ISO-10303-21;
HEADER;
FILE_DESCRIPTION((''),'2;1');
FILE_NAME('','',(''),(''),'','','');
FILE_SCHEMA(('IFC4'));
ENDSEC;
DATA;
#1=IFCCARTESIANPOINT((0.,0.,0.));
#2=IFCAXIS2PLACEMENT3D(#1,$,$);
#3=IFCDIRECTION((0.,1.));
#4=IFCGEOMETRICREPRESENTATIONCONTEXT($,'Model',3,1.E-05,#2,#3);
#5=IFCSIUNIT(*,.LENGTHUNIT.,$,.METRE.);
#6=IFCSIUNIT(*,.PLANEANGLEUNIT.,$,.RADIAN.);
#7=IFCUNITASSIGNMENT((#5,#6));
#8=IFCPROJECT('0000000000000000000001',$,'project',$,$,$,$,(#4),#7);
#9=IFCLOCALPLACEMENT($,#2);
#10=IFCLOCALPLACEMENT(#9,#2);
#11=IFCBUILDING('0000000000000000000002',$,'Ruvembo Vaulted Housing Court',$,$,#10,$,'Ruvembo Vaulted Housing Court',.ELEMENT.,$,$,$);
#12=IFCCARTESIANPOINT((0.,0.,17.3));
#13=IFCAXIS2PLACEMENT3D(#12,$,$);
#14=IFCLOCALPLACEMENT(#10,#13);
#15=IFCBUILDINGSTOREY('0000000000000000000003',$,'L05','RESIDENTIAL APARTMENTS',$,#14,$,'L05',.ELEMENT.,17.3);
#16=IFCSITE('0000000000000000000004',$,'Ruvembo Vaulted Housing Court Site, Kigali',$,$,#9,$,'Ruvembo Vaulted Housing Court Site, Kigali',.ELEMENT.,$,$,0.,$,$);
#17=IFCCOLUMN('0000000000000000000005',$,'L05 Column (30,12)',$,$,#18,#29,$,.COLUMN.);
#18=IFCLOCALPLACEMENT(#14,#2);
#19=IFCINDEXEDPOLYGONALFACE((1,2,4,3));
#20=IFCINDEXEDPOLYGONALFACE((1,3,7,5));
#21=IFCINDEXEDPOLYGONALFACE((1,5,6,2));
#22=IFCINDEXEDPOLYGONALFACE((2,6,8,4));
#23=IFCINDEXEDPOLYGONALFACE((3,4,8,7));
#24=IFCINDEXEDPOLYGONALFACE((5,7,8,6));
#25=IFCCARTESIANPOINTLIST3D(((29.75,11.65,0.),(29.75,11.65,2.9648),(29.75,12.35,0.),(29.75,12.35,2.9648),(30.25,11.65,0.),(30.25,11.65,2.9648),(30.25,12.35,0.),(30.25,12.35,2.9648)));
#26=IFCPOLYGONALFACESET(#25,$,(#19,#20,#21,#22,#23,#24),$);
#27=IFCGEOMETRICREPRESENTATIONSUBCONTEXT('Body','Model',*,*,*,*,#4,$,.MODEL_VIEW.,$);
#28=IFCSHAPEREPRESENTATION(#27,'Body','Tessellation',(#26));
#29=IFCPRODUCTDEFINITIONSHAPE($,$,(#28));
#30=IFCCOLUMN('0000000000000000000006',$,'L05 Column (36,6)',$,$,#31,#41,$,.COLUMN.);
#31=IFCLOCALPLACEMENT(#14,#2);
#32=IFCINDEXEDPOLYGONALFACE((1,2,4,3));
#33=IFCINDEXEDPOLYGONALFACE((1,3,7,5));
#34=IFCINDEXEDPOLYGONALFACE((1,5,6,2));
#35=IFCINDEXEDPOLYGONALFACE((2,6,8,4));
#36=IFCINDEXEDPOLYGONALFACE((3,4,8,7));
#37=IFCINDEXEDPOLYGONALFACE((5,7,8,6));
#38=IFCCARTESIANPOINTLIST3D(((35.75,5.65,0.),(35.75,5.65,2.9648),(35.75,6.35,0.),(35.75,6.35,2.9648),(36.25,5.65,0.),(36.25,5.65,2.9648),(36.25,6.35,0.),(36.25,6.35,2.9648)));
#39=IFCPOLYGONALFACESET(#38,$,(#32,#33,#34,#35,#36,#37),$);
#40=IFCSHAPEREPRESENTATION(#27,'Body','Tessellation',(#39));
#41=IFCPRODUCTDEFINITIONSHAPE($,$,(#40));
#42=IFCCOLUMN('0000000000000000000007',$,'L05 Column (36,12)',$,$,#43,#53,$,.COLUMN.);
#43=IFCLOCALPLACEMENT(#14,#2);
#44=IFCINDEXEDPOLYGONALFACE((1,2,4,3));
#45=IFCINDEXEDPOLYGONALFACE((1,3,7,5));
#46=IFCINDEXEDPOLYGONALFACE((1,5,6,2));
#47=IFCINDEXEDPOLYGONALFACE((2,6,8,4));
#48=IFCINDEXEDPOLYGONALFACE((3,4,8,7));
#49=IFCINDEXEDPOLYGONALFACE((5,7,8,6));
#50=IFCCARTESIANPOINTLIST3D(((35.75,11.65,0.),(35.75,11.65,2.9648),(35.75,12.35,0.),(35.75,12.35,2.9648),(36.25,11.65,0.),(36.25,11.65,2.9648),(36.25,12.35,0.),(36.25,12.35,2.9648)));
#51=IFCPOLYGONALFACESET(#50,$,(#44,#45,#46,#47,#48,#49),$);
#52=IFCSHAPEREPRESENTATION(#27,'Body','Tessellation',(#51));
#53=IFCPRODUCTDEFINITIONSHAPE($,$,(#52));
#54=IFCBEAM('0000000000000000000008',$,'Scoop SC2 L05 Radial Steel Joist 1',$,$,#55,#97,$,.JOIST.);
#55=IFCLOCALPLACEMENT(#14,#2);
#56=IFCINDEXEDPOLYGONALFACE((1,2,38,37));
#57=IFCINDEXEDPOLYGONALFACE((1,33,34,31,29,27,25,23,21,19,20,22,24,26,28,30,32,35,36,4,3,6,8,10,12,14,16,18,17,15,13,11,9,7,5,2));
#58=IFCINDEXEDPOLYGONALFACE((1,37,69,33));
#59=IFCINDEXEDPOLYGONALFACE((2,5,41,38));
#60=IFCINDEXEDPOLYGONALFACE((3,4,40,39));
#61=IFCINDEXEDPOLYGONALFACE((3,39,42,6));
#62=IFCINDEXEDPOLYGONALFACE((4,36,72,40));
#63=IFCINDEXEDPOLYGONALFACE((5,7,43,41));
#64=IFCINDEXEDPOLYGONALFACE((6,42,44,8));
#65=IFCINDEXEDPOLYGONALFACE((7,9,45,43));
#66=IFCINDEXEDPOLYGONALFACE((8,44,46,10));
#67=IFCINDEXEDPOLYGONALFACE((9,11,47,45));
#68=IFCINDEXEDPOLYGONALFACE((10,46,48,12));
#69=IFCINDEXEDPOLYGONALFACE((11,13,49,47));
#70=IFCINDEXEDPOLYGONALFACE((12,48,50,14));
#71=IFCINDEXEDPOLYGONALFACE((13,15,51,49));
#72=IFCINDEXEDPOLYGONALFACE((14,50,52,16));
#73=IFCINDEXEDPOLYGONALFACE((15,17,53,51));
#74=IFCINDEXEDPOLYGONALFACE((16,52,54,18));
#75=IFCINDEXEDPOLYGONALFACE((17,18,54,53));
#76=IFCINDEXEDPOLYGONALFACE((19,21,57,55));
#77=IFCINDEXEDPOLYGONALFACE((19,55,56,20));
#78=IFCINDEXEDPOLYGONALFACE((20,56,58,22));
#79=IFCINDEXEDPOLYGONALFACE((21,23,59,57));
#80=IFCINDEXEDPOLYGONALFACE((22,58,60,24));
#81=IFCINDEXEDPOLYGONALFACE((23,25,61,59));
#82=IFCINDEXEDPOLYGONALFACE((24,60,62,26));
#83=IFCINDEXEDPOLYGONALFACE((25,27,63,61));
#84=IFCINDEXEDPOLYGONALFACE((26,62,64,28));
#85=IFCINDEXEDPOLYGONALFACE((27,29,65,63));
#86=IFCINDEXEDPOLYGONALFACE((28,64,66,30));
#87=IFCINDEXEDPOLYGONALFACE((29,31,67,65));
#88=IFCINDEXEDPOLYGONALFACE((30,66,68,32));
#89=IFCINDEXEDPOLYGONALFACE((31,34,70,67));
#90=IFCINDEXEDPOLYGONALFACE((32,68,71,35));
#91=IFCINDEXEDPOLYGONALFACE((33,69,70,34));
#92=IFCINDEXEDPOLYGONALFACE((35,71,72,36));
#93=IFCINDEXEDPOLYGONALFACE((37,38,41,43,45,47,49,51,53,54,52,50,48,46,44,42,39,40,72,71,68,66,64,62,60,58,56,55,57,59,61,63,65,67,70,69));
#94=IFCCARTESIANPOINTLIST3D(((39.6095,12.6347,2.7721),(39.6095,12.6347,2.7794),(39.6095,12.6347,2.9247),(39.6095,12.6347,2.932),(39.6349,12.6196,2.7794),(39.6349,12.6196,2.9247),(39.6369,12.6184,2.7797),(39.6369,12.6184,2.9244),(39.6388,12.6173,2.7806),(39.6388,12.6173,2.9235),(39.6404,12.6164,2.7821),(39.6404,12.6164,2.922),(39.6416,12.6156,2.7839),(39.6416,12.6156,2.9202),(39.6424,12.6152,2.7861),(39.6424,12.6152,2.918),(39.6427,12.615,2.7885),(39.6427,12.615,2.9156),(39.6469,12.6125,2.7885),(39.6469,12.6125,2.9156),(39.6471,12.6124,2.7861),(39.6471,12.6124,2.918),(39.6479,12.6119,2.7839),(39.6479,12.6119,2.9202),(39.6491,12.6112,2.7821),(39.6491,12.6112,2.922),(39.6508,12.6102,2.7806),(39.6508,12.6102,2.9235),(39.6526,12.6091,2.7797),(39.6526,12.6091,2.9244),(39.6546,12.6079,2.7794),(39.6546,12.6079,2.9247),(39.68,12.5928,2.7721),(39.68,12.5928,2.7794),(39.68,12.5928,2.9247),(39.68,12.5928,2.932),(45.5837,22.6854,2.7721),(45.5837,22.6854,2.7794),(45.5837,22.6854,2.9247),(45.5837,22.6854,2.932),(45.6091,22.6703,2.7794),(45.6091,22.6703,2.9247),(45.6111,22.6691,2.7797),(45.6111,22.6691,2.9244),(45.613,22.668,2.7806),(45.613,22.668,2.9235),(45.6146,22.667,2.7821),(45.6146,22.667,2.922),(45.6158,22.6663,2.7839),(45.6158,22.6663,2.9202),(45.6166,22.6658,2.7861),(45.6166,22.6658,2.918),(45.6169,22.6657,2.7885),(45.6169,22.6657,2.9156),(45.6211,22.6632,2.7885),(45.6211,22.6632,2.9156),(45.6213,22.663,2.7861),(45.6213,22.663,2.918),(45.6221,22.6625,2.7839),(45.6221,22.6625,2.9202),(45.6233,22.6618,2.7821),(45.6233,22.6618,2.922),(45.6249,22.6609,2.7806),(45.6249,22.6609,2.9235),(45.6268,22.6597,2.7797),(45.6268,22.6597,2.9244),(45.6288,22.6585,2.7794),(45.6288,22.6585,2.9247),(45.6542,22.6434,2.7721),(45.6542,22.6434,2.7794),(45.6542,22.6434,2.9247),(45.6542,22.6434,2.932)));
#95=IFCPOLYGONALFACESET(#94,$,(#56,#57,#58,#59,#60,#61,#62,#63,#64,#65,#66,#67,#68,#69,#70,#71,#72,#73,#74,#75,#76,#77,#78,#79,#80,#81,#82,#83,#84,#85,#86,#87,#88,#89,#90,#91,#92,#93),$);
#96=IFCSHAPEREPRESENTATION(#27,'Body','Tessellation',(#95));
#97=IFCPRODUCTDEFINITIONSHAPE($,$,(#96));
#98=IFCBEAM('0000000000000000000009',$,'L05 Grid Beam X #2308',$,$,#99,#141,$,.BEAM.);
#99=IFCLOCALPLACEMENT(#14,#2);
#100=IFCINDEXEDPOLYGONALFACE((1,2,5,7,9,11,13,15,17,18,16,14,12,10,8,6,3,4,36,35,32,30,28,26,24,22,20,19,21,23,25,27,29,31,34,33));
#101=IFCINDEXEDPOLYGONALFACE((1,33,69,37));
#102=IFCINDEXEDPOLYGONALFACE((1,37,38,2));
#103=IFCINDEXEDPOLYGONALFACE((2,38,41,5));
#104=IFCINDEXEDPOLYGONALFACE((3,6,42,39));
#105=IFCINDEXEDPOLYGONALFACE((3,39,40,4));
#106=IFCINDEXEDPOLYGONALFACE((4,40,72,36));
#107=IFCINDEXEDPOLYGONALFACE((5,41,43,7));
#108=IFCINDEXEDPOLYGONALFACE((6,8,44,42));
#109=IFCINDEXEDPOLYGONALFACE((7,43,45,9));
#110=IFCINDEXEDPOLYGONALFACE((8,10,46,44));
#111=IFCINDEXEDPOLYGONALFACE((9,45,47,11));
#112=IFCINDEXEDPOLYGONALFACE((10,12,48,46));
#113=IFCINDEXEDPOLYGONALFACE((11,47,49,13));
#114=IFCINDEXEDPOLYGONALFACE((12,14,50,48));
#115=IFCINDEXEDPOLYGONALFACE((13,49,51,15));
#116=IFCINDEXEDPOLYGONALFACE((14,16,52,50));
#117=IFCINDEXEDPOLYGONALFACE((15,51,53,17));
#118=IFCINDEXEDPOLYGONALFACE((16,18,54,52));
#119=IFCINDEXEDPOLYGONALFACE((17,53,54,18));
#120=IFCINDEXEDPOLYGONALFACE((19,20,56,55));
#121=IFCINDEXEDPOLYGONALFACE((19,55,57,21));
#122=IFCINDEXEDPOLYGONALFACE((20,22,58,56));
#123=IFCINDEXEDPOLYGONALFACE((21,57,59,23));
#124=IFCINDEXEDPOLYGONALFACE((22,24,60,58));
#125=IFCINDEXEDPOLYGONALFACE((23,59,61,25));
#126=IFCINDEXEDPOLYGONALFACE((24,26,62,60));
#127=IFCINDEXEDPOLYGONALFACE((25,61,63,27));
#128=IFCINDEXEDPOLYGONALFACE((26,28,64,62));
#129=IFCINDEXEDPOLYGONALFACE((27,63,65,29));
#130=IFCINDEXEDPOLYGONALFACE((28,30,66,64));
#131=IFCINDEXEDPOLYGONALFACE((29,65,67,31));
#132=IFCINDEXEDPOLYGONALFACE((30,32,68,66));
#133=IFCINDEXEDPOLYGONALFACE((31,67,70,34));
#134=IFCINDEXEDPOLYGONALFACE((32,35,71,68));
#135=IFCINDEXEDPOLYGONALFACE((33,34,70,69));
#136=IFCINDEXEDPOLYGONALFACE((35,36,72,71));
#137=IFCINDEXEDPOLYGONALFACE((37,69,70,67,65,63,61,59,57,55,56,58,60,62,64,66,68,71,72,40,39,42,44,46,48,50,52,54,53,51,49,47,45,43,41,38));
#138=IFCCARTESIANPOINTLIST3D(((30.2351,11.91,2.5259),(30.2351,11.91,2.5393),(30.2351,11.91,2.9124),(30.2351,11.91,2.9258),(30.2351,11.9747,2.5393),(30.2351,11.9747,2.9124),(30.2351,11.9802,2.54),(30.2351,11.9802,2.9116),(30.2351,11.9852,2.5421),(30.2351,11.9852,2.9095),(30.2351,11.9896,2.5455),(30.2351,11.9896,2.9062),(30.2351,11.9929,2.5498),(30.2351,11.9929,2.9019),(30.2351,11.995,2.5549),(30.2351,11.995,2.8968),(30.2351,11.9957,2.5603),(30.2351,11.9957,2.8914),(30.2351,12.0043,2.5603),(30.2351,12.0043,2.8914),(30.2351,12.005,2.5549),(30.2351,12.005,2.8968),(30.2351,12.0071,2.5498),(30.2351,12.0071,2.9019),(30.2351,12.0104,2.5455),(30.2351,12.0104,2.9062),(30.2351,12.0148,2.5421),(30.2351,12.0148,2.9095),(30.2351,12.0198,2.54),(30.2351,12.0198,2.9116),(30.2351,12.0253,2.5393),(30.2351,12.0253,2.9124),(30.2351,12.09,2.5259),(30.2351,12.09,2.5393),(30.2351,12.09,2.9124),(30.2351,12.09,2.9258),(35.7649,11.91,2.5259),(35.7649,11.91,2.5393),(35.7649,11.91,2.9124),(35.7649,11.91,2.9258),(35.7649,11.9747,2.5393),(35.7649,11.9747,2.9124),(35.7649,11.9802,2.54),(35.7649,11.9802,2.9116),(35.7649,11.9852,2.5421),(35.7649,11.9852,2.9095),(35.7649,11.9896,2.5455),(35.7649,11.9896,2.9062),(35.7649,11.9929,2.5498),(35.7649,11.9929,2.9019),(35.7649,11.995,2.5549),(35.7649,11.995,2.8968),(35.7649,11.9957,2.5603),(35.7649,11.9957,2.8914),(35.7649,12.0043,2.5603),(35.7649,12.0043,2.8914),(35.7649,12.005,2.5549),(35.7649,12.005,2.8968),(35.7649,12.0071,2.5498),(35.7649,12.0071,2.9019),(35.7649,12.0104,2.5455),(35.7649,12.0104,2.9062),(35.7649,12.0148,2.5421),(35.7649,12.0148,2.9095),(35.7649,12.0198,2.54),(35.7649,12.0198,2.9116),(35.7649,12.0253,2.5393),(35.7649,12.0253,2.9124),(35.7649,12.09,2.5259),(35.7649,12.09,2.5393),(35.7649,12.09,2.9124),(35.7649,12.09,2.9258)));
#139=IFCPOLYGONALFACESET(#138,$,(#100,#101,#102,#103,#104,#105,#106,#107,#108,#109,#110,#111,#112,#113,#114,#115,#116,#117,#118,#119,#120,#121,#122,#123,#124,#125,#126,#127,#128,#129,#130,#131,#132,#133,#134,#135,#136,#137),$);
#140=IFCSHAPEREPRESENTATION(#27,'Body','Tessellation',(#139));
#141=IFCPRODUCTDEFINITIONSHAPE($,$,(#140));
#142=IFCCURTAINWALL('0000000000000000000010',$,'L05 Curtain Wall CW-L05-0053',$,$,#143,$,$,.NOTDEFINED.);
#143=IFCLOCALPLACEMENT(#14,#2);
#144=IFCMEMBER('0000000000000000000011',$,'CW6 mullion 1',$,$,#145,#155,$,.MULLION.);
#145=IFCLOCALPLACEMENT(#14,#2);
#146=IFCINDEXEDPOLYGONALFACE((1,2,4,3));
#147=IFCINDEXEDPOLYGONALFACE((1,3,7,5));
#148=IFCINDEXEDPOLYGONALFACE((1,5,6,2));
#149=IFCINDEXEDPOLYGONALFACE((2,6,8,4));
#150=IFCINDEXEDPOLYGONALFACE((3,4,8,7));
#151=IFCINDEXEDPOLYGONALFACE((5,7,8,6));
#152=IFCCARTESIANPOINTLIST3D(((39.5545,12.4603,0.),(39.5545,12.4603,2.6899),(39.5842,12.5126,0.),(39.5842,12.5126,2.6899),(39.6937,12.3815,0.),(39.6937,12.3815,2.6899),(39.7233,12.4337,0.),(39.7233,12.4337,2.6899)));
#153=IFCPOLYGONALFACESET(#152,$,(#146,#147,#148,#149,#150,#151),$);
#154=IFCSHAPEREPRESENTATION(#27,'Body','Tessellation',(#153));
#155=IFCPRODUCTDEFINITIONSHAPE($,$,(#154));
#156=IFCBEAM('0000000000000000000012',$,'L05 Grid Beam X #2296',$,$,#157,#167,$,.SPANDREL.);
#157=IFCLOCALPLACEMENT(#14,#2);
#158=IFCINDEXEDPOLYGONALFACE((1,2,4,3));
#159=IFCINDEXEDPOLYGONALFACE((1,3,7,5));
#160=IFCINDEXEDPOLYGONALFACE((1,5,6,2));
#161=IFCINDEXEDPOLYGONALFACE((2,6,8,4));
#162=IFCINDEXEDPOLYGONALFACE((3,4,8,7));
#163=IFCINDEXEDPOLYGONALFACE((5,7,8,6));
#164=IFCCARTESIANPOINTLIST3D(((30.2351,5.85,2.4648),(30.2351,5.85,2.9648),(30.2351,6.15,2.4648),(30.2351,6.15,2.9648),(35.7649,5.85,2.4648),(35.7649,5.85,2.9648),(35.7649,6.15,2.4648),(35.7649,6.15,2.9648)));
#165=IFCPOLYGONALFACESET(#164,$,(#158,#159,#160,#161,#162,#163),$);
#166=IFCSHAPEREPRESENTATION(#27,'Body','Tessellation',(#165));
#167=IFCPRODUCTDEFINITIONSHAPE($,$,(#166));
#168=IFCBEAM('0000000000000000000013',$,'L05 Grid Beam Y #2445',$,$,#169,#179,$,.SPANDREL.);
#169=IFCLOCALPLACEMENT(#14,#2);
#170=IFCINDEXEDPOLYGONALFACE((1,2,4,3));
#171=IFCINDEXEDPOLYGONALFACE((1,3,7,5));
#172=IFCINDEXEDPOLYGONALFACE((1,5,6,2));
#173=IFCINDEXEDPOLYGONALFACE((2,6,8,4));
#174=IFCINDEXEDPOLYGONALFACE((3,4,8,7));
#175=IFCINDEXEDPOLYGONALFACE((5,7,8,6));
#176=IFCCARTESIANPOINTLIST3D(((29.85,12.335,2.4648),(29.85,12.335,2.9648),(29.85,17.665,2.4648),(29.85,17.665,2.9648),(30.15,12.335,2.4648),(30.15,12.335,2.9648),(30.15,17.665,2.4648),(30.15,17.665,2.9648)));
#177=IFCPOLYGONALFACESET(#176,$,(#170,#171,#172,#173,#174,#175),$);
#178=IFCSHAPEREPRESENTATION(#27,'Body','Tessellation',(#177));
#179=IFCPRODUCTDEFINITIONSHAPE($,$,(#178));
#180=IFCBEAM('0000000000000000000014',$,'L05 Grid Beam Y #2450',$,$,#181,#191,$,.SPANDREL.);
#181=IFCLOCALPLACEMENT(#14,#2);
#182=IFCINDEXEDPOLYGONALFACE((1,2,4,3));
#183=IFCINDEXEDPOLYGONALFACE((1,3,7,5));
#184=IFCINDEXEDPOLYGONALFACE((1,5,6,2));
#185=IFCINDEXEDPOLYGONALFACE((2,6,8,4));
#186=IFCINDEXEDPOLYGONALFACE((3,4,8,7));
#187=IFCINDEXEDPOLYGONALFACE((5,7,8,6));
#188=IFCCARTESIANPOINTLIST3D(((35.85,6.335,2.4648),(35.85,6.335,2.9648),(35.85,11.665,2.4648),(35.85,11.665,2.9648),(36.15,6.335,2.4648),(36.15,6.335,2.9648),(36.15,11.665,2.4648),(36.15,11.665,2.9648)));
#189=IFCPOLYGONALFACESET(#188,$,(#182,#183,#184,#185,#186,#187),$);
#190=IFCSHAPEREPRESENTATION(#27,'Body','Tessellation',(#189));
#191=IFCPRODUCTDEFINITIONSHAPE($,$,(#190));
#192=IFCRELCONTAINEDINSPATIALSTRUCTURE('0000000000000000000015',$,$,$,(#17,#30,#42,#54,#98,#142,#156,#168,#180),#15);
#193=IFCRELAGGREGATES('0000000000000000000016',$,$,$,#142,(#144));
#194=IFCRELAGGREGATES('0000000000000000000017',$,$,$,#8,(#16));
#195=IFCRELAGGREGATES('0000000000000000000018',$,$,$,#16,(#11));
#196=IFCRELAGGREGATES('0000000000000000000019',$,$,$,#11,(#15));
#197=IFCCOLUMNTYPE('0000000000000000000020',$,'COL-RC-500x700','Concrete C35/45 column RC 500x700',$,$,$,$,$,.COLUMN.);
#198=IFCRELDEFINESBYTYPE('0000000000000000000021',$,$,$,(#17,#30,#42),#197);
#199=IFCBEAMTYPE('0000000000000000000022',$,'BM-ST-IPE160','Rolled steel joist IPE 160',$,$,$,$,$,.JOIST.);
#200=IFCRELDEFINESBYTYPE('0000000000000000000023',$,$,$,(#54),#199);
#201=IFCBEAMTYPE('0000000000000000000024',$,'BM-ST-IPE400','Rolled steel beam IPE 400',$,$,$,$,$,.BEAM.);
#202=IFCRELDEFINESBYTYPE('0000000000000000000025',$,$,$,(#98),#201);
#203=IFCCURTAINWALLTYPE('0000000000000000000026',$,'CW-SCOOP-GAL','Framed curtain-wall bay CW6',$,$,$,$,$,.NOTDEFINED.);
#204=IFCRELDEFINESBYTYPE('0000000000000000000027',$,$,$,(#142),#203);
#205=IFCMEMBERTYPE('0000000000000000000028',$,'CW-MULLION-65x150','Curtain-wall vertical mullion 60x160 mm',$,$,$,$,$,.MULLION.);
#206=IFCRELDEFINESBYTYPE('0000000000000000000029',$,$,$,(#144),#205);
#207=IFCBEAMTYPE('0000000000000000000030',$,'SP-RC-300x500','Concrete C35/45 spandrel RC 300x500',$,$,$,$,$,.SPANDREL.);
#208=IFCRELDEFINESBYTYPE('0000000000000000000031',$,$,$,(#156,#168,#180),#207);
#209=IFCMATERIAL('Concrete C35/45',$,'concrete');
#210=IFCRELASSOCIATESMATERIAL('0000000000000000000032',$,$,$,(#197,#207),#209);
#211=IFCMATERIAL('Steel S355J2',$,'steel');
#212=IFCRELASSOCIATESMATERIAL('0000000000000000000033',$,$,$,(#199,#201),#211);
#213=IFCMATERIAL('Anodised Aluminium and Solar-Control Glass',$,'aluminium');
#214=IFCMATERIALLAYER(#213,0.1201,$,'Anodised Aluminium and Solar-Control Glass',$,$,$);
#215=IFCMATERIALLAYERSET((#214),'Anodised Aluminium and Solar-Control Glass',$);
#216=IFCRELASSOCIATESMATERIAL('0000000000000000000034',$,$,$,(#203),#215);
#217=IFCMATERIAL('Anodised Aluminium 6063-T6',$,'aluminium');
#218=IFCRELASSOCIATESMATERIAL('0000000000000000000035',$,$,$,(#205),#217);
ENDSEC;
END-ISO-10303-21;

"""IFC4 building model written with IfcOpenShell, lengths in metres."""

from ifc_helpers import new_model, si_unit, direction, frame, origin, origin_2d, place, context, subcontext, project, spatial, rectangle, i_section, extrude, material, layer, layer_set, material_profile, profile_set, type_object, element, aggregate, save


model = new_model("IFC4")

# Units and contexts
model_context = context("Model", 3, precision=1e-05, world=origin(), true_north=direction((0.0, 1.0)))
body_context = subcontext(model_context, "Body", "Model", "MODEL_VIEW")
ifc_project = project(units=[si_unit("LENGTHUNIT", "METRE"), si_unit("PLANEANGLEUNIT", "RADIAN")], contexts=[model_context])

# Site, building, storey
site_placement = place(None, origin())
site = spatial("IfcSite", under=ifc_project, at=site_placement, Name="Ruvembo Vaulted Housing Court Site, Kigali", LongName="Ruvembo Vaulted Housing Court Site, Kigali", CompositionType="ELEMENT", RefElevation=0.0)
building_placement = place(site_placement, origin())
building = spatial("IfcBuilding", under=site, at=building_placement, Name="Ruvembo Vaulted Housing Court", LongName="Ruvembo Vaulted Housing Court", CompositionType="ELEMENT")
storey_placement = place(building_placement, frame((0.0, 0.0, 17.3)))
storey = spatial("IfcBuildingStorey", under=building, at=storey_placement, Name="L05", Description="RESIDENTIAL APARTMENTS", LongName="L05", CompositionType="ELEMENT", Elevation=17.3)

# Columns
ifc_material_1 = material(Name="Concrete C35/45", Category="concrete")
ifc_material_profile_1 = material_profile(ifc_material_1, rectangle(XDim=0.5, YDim=0.7, at=origin_2d()), Name="RC 500x700")
ifc_profile_set_1 = profile_set([ifc_material_profile_1], Name="Concrete C35/45")
column_type = type_object("IfcColumnType", Name="COL-RC-500x700", Description="Concrete C35/45 column RC 500x700", PredefinedType="COLUMN", material=ifc_profile_set_1)
for number, where, z_axis, x_axis, name in (
    (1, (30.0, 12.0, 0.0), (0.0, 0.0, 1.0), (1.0, 0.0, 0.0), "L05 Column (30,12)"),
    (2, (36.0, 6.0, 0.0), (0.0, 0.0, 1.0), (1.0, 0.0, 0.0), "L05 Column (36,6)"),
    (3, (36.0, 12.0, 0.0), (0.0, 0.0, 1.0), (1.0, 0.0, 0.0), "L05 Column (36,12)"),
):
    element("IfcColumn", number, at=place(storey_placement, frame(where, z_axis=z_axis, x_axis=x_axis)), inside=storey, type_object=column_type, Name=name, PredefinedType="COLUMN", context=body_context, shape_type="SweptSolid", body=[
        extrude(rectangle(XDim=0.5, YDim=0.7, at=origin_2d()), origin(), (0.0, 0.0, 1.0), 2.9648),
    ])

# Beams
ifc_material_2 = material(Name="Steel S355J2", Category="steel")
ifc_material_profile_2 = material_profile(ifc_material_2, i_section(OverallWidth=0.082, OverallDepth=0.1599, WebThickness=0.0049, FlangeThickness=0.0073, FilletRadius=0.009, at=origin_2d()), Name="IPE 160")
ifc_profile_set_2 = profile_set([ifc_material_profile_2], Name="Steel S355J2")
beam_type_1 = type_object("IfcBeamType", Name="BM-ST-IPE160", Description="Rolled steel joist IPE 160", PredefinedType="JOIST", material=ifc_profile_set_2)
beam_1_placement = place(storey_placement, frame((39.6448, 12.6138, 2.8521), z_axis=(0.510957, 0.859606, 0.0), x_axis=(-0.859606, 0.510957, 0.0)))
element("IfcBeam", 4, at=beam_1_placement, inside=storey, type_object=beam_type_1, Name="Scoop SC2 L05 Radial Steel Joist 1", PredefinedType="JOIST", context=body_context, shape_type="SweptSolid", body=[
    extrude(i_section(OverallWidth=0.082, OverallDepth=0.1599, WebThickness=0.0049, FlangeThickness=0.0073, FilletRadius=0.009, at=origin_2d()), origin(), (0.0, 0.0, 1.0), 11.6921),
])
ifc_material_profile_3 = material_profile(ifc_material_2, i_section(OverallWidth=0.1799, OverallDepth=0.3999, WebThickness=0.0085, FlangeThickness=0.0134, FilletRadius=0.021, at=origin_2d()), Name="IPE 400")
ifc_profile_set_3 = profile_set([ifc_material_profile_3], Name="Steel S355J2")
beam_type_2 = type_object("IfcBeamType", Name="BM-ST-IPE400", Description="Rolled steel beam IPE 400", PredefinedType="BEAM", material=ifc_profile_set_3)
beam_2_placement = place(storey_placement, frame((30.2351, 12.0, 2.7258), z_axis=(1.0, 0.0, 0.0), x_axis=(0.0, 1.0, 0.0)))
element("IfcBeam", 5, at=beam_2_placement, inside=storey, type_object=beam_type_2, Name="L05 Grid Beam X #2308", PredefinedType="BEAM", context=body_context, shape_type="SweptSolid", body=[
    extrude(i_section(OverallWidth=0.1799, OverallDepth=0.3999, WebThickness=0.0085, FlangeThickness=0.0134, FilletRadius=0.021, at=origin_2d()), origin(), (0.0, 0.0, 1.0), 5.5298),
])

# Curtain wall, member
ifc_material_3 = material(Name="Anodised Aluminium and Solar-Control Glass", Category="aluminium")
ifc_layer_1 = layer(ifc_material_3, 0.1201, Name="Anodised Aluminium and Solar-Control Glass")
ifc_layer_set_1 = layer_set([ifc_layer_1], Name="Anodised Aluminium and Solar-Control Glass")
curtain_wall_type = type_object("IfcCurtainWallType", Name="CW-SCOOP-GAL", Description="Framed curtain-wall bay CW6", PredefinedType="NOTDEFINED", material=ifc_layer_set_1)
curtain_wall_placement = place(storey_placement, origin())
curtain_wall = element("IfcCurtainWall", 6, at=curtain_wall_placement, inside=storey, type_object=curtain_wall_type, Name="L05 Curtain Wall CW-L05-0053", PredefinedType="NOTDEFINED")
ifc_material_4 = material(Name="Anodised Aluminium 6063-T6", Category="aluminium")
ifc_material_profile_4 = material_profile(ifc_material_4, rectangle(XDim=0.0601, YDim=0.1599, at=origin_2d()), Name="ALU 60x160")
ifc_profile_set_4 = profile_set([ifc_material_profile_4], Name="Anodised Aluminium 6063-T6")
member_type = type_object("IfcMemberType", Name="CW-MULLION-65x150", Description="Curtain-wall vertical mullion 60x160 mm", PredefinedType="MULLION", material=ifc_profile_set_4)
member_placement = place(storey_placement, frame((39.6389, 12.447, 0.0), z_axis=(0.0, 0.0, 1.0), x_axis=(0.493079, 0.869984, 0.0)))
member = element("IfcMember", 7, at=member_placement, type_object=member_type, Name="CW6 mullion 1", PredefinedType="MULLION", context=body_context, shape_type="SweptSolid", body=[
    extrude(rectangle(XDim=0.0601, YDim=0.1599, at=origin_2d()), origin(), (0.0, 0.0, 1.0), 2.6899),
])
aggregate(curtain_wall, [member])

# Beams
ifc_material_profile_5 = material_profile(ifc_material_1, rectangle(XDim=0.3, YDim=0.5, at=origin_2d()), Name="RC 300x500")
ifc_profile_set_5 = profile_set([ifc_material_profile_5], Name="Concrete C35/45")
beam_type_3 = type_object("IfcBeamType", Name="SP-RC-300x500", Description="Concrete C35/45 spandrel RC 300x500", PredefinedType="SPANDREL", material=ifc_profile_set_5)
beam_3_placement = place(storey_placement, frame((30.2351, 6.0, 2.7148), z_axis=(1.0, 0.0, 0.0), x_axis=(0.0, 1.0, 0.0)))
element("IfcBeam", 8, at=beam_3_placement, inside=storey, type_object=beam_type_3, Name="L05 Grid Beam X #2296", PredefinedType="SPANDREL", context=body_context, shape_type="SweptSolid", body=[
    extrude(rectangle(XDim=0.3, YDim=0.5, at=origin_2d()), origin(), (0.0, 0.0, 1.0), 5.5298),
])
for number, where, z_axis, x_axis, name in (
    (9, (30.0, 12.335, 2.7148), (0.0, 1.0, 0.0), (-1.0, 0.0, 0.0), "L05 Grid Beam Y #2445"),
    (10, (36.0, 6.335, 2.7148), (0.0, 1.0, 0.0), (-1.0, 0.0, 0.0), "L05 Grid Beam Y #2450"),
):
    element("IfcBeam", number, at=place(storey_placement, frame(where, z_axis=z_axis, x_axis=x_axis)), inside=storey, type_object=beam_type_3, Name=name, PredefinedType="SPANDREL", context=body_context, shape_type="SweptSolid", body=[
        extrude(rectangle(XDim=0.3, YDim=0.5, at=origin_2d()), origin(), (0.0, 0.0, 1.0), 5.3301),
    ])

save(model, "model.ifc")
